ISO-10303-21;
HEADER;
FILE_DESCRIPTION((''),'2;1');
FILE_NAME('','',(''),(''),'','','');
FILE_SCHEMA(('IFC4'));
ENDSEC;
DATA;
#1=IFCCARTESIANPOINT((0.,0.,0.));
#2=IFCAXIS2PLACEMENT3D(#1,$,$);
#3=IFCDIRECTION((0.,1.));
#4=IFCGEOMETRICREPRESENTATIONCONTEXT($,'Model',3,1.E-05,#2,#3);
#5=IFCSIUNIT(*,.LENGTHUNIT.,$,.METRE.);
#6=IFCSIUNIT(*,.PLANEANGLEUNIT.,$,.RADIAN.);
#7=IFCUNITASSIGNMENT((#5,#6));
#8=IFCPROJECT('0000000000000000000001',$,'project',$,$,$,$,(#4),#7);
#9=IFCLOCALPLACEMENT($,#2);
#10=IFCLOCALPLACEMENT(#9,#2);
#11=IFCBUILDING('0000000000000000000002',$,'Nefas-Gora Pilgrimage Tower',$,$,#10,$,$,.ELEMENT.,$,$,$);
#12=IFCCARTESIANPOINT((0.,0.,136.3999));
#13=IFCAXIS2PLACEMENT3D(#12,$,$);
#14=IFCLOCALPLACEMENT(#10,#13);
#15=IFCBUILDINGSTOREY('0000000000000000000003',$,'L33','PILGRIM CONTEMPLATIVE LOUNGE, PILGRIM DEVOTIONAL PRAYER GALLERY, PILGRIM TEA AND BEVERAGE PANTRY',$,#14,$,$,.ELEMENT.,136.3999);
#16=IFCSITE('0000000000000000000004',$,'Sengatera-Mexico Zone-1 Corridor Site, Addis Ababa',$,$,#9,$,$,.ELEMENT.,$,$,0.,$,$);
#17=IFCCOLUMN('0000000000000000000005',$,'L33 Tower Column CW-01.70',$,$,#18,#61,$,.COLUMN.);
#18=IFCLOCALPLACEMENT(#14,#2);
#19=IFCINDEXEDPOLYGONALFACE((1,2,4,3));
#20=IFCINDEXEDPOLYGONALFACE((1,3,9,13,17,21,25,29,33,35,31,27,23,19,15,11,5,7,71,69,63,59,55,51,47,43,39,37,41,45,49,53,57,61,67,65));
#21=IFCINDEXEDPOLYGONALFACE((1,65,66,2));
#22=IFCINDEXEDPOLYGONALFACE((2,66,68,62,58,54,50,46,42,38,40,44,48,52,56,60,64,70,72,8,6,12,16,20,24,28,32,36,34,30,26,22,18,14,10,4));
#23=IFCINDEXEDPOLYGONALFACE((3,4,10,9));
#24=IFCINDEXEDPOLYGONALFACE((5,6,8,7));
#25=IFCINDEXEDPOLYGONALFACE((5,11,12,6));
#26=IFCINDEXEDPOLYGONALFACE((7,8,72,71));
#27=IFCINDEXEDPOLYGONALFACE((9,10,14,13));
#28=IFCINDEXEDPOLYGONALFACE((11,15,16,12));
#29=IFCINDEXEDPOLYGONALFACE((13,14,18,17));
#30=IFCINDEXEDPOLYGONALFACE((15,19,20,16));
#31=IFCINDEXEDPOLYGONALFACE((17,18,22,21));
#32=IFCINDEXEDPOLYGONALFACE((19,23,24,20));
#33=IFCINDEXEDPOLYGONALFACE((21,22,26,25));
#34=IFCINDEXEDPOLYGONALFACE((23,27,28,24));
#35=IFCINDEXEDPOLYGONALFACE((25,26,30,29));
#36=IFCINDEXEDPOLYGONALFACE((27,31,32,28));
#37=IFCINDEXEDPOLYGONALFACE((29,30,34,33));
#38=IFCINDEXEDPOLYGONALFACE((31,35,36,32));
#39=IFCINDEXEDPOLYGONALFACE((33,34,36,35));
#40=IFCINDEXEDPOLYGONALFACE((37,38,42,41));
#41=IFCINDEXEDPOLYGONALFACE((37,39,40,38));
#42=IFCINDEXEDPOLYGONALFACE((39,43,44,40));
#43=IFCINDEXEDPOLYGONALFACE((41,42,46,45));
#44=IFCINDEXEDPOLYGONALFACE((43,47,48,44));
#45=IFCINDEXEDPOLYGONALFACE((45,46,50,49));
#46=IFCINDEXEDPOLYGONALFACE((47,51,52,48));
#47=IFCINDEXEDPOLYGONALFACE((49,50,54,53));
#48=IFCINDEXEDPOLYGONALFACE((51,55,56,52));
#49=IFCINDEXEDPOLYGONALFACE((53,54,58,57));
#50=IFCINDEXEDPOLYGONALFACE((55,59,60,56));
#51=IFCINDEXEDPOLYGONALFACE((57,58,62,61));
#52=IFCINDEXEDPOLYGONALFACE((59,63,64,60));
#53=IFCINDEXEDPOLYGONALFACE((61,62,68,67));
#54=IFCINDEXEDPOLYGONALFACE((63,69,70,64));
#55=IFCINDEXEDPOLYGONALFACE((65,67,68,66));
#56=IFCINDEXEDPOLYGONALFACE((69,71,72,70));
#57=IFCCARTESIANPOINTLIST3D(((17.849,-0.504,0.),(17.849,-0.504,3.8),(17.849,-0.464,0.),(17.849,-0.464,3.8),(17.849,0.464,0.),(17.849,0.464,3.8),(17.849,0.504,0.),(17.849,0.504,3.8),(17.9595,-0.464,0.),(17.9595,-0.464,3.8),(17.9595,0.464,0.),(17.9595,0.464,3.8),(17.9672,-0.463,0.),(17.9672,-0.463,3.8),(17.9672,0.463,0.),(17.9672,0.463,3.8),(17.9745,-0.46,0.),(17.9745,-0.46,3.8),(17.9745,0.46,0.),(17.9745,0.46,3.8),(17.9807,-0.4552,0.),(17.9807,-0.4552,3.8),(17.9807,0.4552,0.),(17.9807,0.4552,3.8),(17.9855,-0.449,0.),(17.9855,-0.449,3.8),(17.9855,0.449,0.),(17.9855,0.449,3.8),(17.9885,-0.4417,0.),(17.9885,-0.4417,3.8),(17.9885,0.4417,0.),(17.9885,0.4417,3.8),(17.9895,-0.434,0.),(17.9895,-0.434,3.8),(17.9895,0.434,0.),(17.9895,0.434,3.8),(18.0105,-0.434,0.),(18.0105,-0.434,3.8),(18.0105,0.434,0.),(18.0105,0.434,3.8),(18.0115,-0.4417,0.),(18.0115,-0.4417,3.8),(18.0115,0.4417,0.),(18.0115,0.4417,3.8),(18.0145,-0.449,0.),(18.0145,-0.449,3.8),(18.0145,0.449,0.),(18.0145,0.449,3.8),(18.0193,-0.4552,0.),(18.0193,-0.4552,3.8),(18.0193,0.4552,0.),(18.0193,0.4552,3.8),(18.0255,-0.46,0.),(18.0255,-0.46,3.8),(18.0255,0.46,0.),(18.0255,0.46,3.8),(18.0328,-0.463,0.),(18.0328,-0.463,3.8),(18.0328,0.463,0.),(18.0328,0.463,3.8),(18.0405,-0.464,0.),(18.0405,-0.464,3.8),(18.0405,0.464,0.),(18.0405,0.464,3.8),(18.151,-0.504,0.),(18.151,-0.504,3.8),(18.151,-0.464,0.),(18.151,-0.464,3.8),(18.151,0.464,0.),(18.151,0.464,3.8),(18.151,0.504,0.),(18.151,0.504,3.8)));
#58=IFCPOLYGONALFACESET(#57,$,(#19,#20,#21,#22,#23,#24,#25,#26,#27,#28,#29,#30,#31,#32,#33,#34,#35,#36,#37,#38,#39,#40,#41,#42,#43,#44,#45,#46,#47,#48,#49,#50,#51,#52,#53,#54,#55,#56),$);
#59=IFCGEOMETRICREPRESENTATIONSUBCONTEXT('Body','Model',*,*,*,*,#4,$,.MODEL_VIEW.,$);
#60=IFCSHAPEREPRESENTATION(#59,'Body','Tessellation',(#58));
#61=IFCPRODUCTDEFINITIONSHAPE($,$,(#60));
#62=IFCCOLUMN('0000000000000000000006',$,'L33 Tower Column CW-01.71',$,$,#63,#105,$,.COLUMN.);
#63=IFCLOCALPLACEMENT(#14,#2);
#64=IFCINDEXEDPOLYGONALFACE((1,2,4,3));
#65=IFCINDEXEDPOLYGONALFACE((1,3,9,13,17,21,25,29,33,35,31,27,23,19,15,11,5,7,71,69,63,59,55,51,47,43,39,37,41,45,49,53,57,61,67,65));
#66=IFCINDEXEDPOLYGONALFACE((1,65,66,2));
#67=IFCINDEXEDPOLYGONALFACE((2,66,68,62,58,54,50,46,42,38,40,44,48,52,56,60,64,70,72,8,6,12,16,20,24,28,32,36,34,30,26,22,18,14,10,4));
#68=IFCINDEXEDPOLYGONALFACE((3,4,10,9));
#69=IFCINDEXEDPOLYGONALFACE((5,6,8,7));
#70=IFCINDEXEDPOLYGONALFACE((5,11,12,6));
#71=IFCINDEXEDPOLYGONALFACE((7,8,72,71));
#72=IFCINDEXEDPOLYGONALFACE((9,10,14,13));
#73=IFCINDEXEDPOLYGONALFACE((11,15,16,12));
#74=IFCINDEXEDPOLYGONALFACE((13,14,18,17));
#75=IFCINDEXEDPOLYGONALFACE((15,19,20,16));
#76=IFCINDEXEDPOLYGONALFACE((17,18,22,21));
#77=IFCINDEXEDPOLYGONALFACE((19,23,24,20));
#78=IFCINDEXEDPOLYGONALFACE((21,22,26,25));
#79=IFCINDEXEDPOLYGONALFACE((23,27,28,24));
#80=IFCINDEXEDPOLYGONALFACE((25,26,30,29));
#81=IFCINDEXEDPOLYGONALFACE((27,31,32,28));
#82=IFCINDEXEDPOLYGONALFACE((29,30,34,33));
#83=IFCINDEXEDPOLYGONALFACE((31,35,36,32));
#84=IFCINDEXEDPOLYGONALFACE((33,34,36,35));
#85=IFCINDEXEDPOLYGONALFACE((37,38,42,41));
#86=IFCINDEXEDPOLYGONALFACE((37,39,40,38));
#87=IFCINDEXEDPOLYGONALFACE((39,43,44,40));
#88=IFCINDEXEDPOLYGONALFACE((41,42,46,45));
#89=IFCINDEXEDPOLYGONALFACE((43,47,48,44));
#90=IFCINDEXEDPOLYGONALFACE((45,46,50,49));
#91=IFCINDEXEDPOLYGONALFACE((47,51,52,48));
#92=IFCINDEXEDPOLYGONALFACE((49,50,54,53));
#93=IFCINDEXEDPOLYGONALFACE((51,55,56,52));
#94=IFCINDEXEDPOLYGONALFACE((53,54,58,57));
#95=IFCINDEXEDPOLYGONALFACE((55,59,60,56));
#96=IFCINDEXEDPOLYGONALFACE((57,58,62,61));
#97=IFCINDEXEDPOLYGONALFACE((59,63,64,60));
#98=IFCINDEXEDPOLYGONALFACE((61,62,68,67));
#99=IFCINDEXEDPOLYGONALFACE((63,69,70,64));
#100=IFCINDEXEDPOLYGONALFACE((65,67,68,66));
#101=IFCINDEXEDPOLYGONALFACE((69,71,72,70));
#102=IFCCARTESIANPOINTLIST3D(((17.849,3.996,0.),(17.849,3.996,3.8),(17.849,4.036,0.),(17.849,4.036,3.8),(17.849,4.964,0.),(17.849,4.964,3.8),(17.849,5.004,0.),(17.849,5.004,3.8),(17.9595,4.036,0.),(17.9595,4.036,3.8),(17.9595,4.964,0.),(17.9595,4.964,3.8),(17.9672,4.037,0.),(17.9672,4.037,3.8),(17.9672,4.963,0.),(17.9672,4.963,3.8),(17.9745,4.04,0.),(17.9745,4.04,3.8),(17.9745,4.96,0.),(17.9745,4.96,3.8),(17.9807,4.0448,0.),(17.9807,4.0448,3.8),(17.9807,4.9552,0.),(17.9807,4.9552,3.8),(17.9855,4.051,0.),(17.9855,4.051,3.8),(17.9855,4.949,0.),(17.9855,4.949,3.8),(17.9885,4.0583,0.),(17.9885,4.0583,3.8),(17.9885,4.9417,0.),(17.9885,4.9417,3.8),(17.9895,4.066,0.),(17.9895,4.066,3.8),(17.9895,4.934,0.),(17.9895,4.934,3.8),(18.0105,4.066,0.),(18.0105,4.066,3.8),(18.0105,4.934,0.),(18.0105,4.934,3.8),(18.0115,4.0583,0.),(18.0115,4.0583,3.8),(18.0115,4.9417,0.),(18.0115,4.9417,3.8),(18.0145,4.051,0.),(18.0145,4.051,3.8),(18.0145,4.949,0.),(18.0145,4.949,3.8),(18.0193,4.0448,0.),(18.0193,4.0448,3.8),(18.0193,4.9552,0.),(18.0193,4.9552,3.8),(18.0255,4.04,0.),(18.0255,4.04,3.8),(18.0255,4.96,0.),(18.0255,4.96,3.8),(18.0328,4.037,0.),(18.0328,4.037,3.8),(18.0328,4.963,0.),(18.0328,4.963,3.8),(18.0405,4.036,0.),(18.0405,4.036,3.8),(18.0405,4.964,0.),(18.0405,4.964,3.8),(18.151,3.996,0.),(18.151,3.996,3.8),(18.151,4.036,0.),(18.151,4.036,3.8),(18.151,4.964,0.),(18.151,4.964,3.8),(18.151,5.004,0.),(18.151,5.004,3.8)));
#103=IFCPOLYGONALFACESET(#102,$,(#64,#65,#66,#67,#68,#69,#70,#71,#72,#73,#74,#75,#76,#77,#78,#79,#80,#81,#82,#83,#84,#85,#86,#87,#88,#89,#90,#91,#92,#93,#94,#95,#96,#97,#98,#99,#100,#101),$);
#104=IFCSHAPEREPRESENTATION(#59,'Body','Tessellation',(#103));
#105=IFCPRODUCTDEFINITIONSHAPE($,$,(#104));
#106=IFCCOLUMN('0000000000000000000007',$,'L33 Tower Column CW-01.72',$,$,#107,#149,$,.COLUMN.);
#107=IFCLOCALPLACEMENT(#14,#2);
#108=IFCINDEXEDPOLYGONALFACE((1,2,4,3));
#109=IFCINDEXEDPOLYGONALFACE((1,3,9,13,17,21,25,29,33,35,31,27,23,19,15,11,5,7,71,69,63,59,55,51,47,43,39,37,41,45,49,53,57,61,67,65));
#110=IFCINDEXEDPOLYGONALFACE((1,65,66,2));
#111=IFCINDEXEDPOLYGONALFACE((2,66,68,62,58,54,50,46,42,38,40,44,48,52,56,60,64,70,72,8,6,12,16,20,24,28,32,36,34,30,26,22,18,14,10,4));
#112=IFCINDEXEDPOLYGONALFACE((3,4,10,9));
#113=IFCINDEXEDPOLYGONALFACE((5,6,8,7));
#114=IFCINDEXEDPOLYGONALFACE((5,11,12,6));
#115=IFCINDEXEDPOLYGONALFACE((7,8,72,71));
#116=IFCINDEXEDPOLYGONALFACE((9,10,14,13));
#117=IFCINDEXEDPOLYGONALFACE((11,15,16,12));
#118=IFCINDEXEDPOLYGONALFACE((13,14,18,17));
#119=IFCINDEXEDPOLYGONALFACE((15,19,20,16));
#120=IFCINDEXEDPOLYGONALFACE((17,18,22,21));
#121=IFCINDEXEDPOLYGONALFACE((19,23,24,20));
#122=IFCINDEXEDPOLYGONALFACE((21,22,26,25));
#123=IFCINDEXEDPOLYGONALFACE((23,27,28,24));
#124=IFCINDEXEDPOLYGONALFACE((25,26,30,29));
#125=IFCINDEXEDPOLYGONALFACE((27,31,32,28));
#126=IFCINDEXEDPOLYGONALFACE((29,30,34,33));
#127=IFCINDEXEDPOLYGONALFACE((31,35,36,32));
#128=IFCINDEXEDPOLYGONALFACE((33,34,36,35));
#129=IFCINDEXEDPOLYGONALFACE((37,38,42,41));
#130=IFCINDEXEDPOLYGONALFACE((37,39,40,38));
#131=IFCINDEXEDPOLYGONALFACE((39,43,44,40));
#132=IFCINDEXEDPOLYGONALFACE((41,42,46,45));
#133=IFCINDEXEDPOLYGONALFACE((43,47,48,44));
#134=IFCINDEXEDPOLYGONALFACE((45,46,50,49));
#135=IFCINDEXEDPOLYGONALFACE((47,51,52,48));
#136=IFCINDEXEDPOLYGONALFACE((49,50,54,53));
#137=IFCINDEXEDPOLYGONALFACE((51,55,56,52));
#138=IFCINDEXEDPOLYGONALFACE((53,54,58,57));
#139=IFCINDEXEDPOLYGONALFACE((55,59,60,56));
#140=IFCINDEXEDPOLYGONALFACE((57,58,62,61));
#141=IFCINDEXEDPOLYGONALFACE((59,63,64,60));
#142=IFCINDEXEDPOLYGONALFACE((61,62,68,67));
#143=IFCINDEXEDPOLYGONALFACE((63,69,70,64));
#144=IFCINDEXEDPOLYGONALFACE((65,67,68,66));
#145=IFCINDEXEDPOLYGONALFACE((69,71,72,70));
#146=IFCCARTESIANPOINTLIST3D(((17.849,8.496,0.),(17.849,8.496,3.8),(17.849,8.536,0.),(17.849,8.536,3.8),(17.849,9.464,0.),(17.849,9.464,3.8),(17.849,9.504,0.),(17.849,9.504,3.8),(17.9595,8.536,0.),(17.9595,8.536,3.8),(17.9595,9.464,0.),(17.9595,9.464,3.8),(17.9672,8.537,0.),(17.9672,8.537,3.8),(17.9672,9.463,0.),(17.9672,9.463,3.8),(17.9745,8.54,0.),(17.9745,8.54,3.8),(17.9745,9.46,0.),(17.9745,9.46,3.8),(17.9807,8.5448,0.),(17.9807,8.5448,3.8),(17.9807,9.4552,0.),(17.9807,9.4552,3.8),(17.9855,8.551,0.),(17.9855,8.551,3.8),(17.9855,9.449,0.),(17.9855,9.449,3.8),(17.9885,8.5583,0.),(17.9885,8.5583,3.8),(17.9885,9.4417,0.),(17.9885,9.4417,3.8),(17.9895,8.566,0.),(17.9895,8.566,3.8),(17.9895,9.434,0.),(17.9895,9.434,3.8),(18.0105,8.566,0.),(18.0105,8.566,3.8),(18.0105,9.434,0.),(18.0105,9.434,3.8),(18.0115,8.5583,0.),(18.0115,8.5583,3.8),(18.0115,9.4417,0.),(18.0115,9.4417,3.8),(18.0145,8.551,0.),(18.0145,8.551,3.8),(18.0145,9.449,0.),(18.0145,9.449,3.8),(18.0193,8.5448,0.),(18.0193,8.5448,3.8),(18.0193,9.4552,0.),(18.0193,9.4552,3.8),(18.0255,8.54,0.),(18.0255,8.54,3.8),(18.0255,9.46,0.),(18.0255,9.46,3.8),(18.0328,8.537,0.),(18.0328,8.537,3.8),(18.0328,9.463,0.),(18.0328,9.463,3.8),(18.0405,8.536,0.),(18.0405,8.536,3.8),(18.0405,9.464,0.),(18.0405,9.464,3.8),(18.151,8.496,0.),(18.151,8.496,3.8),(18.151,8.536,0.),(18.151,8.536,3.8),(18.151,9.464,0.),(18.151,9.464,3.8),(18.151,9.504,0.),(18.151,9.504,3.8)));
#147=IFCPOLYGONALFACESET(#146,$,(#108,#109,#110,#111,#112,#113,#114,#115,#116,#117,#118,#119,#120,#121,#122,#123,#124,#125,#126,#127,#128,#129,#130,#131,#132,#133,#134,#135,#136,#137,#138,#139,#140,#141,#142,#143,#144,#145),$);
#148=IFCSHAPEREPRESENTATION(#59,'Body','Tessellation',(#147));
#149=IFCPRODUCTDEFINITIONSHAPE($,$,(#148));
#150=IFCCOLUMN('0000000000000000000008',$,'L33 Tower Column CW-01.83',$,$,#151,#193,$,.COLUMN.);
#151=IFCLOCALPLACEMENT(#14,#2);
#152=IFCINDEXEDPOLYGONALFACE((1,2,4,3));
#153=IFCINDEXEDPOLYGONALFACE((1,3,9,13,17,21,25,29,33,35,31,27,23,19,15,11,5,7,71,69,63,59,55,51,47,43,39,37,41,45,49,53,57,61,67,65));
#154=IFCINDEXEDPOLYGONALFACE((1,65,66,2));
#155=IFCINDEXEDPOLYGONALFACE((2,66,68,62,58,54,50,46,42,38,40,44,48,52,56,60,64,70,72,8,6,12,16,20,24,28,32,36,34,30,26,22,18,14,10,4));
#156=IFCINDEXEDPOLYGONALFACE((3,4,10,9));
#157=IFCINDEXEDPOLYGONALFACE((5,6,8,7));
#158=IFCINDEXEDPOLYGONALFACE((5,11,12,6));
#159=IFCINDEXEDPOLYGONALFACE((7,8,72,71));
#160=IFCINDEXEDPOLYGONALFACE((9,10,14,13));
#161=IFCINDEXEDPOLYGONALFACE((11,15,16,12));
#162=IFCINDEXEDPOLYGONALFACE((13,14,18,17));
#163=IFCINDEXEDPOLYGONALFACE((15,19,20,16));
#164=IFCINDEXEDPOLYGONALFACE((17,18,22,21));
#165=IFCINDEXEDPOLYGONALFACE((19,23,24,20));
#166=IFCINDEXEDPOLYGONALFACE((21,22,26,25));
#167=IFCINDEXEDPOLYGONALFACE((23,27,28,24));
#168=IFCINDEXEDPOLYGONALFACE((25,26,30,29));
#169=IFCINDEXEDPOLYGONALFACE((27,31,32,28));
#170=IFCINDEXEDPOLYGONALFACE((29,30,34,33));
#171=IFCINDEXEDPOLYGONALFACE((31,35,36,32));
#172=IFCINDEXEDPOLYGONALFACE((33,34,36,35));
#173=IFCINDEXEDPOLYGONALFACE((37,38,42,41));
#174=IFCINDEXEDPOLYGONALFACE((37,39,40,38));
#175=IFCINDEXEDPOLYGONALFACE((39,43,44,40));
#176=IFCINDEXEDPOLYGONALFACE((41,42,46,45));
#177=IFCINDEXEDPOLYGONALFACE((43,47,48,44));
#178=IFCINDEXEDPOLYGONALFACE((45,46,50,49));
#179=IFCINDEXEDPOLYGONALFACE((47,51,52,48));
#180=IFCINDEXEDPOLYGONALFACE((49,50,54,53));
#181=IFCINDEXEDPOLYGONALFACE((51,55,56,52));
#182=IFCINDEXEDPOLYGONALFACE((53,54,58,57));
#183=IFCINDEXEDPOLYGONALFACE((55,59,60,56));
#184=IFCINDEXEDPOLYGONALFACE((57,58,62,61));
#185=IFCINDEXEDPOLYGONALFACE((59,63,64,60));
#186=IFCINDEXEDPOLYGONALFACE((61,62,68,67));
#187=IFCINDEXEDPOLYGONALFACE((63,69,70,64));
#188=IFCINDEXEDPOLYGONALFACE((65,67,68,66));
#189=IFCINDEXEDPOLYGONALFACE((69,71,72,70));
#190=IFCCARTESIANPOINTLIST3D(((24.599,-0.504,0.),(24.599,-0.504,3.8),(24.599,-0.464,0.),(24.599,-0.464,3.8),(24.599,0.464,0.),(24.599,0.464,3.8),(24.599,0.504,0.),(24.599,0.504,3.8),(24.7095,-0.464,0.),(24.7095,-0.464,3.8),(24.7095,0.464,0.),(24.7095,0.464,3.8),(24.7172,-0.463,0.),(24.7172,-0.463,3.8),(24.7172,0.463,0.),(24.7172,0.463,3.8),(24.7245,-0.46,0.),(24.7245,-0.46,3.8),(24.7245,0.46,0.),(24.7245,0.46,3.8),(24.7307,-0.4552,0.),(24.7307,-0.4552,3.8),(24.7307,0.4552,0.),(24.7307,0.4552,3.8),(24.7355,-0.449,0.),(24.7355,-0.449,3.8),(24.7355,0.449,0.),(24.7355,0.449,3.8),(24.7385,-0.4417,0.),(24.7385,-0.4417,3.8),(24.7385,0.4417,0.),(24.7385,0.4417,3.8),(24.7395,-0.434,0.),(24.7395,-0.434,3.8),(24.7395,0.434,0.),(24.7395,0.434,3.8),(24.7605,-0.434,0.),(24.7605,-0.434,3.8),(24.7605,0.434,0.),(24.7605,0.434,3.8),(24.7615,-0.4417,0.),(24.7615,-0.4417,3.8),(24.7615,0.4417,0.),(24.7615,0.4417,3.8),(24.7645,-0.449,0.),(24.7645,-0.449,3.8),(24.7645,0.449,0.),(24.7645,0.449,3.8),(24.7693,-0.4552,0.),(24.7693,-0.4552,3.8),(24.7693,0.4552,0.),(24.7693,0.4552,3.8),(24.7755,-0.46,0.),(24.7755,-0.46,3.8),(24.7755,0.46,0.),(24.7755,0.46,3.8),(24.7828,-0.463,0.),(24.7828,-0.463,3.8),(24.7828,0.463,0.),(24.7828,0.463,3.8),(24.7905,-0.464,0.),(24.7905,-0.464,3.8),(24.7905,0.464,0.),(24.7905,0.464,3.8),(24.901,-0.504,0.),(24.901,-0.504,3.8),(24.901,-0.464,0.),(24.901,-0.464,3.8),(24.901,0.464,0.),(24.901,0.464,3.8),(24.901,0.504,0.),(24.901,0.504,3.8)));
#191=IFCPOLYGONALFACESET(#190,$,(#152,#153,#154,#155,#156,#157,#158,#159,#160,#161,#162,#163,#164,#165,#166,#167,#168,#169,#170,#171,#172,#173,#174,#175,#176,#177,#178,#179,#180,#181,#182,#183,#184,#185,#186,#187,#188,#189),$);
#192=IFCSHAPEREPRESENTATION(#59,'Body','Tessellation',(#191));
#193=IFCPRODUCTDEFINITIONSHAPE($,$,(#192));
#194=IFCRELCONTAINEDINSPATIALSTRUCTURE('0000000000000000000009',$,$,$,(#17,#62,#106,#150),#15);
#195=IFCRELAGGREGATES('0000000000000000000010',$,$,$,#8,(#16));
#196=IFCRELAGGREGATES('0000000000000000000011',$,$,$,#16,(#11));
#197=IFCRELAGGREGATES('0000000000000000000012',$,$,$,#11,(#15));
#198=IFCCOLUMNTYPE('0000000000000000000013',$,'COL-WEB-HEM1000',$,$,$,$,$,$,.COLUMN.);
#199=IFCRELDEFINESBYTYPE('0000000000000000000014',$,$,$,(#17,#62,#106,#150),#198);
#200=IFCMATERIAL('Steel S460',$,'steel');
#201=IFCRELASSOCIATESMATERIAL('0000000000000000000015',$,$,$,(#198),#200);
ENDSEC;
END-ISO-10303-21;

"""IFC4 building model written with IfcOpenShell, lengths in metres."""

from ifc_helpers import new_model, si_unit, direction, frame, origin, origin_2d, place, context, subcontext, project, spatial, i_section, extrude, source, transform, mapped, material, material_profile, profile_set, type_object, element, save


model = new_model("IFC4")

# Units and contexts
model_context = context("Model", 3, precision=1e-05, world=origin(), true_north=direction((0.0, 1.0)))
body_context = subcontext(model_context, "Body", "Model", "MODEL_VIEW")
ifc_project = project(units=[si_unit("LENGTHUNIT", "METRE"), si_unit("PLANEANGLEUNIT", "RADIAN")], contexts=[model_context])

# Site, building, storey
site_placement = place(None, origin())
site = spatial("IfcSite", under=ifc_project, at=site_placement, Name="Sengatera-Mexico Zone-1 Corridor Site, Addis Ababa", CompositionType="ELEMENT", RefElevation=0.0)
building_placement = place(site_placement, origin())
building = spatial("IfcBuilding", under=site, at=building_placement, Name="Nefas-Gora Pilgrimage Tower", CompositionType="ELEMENT")
storey_placement = place(building_placement, frame((0.0, 0.0, 136.3999)))
storey = spatial("IfcBuildingStorey", under=building, at=storey_placement, Name="L33", Description="PILGRIM CONTEMPLATIVE LOUNGE, PILGRIM DEVOTIONAL PRAYER GALLERY, PILGRIM TEA AND BEVERAGE PANTRY", CompositionType="ELEMENT", Elevation=136.3999)

# Columns
ifc_material_1 = material(Name="Steel S460", Category="steel")
ifc_material_profile_1 = material_profile(ifc_material_1, i_section(OverallWidth=0.302, OverallDepth=1.0081, WebThickness=0.021, FlangeThickness=0.04, FilletRadius=0.03, at=origin_2d()), Name="HEM 1000")
ifc_profile_set_1 = profile_set([ifc_material_profile_1], Name="Steel S460")
column_type_1 = type_object("IfcColumnType", Name="COL-WEB-HEM1000", PredefinedType="COLUMN", material=ifc_profile_set_1)
shared_shape_1 = source(origin(), body_context, "Body", "SweptSolid", [
    extrude(i_section(OverallWidth=0.302, OverallDepth=1.0081, WebThickness=0.021, FlangeThickness=0.04, FilletRadius=0.03, at=origin_2d()), origin(), (0.0, 0.0, 1.0), 3.8),
])
for number, where, z_axis, x_axis, name in (
    (1, (18.0, 0.0, 0.0), (0.0, 0.0, 1.0), (1.0, 0.0, 0.0), "L33 Tower Column CW-01.70"),
    (2, (18.0, 4.5, 0.0), (0.0, 0.0, 1.0), (1.0, 0.0, 0.0), "L33 Tower Column CW-01.71"),
    (3, (18.0, 9.0, 0.0), (0.0, 0.0, 1.0), (1.0, 0.0, 0.0), "L33 Tower Column CW-01.72"),
    (4, (24.75, 0.0, 0.0), (0.0, 0.0, 1.0), (1.0, 0.0, 0.0), "L33 Tower Column CW-01.83"),
):
    element("IfcColumn", number, at=place(storey_placement, frame(where, z_axis=z_axis, x_axis=x_axis)), inside=storey, type_object=column_type_1, Name=name, PredefinedType="COLUMN", context=body_context, shape_type="MappedRepresentation", body=[
        mapped(shared_shape_1, transform((0.0, 0.0, 0.0), x_axis=(1.0, 0.0, 0.0), y_axis=(0.0, 1.0, 0.0), z_axis=(0.0, 0.0, 1.0), scale=1.0)),
    ])

save(model, "model.ifc")
